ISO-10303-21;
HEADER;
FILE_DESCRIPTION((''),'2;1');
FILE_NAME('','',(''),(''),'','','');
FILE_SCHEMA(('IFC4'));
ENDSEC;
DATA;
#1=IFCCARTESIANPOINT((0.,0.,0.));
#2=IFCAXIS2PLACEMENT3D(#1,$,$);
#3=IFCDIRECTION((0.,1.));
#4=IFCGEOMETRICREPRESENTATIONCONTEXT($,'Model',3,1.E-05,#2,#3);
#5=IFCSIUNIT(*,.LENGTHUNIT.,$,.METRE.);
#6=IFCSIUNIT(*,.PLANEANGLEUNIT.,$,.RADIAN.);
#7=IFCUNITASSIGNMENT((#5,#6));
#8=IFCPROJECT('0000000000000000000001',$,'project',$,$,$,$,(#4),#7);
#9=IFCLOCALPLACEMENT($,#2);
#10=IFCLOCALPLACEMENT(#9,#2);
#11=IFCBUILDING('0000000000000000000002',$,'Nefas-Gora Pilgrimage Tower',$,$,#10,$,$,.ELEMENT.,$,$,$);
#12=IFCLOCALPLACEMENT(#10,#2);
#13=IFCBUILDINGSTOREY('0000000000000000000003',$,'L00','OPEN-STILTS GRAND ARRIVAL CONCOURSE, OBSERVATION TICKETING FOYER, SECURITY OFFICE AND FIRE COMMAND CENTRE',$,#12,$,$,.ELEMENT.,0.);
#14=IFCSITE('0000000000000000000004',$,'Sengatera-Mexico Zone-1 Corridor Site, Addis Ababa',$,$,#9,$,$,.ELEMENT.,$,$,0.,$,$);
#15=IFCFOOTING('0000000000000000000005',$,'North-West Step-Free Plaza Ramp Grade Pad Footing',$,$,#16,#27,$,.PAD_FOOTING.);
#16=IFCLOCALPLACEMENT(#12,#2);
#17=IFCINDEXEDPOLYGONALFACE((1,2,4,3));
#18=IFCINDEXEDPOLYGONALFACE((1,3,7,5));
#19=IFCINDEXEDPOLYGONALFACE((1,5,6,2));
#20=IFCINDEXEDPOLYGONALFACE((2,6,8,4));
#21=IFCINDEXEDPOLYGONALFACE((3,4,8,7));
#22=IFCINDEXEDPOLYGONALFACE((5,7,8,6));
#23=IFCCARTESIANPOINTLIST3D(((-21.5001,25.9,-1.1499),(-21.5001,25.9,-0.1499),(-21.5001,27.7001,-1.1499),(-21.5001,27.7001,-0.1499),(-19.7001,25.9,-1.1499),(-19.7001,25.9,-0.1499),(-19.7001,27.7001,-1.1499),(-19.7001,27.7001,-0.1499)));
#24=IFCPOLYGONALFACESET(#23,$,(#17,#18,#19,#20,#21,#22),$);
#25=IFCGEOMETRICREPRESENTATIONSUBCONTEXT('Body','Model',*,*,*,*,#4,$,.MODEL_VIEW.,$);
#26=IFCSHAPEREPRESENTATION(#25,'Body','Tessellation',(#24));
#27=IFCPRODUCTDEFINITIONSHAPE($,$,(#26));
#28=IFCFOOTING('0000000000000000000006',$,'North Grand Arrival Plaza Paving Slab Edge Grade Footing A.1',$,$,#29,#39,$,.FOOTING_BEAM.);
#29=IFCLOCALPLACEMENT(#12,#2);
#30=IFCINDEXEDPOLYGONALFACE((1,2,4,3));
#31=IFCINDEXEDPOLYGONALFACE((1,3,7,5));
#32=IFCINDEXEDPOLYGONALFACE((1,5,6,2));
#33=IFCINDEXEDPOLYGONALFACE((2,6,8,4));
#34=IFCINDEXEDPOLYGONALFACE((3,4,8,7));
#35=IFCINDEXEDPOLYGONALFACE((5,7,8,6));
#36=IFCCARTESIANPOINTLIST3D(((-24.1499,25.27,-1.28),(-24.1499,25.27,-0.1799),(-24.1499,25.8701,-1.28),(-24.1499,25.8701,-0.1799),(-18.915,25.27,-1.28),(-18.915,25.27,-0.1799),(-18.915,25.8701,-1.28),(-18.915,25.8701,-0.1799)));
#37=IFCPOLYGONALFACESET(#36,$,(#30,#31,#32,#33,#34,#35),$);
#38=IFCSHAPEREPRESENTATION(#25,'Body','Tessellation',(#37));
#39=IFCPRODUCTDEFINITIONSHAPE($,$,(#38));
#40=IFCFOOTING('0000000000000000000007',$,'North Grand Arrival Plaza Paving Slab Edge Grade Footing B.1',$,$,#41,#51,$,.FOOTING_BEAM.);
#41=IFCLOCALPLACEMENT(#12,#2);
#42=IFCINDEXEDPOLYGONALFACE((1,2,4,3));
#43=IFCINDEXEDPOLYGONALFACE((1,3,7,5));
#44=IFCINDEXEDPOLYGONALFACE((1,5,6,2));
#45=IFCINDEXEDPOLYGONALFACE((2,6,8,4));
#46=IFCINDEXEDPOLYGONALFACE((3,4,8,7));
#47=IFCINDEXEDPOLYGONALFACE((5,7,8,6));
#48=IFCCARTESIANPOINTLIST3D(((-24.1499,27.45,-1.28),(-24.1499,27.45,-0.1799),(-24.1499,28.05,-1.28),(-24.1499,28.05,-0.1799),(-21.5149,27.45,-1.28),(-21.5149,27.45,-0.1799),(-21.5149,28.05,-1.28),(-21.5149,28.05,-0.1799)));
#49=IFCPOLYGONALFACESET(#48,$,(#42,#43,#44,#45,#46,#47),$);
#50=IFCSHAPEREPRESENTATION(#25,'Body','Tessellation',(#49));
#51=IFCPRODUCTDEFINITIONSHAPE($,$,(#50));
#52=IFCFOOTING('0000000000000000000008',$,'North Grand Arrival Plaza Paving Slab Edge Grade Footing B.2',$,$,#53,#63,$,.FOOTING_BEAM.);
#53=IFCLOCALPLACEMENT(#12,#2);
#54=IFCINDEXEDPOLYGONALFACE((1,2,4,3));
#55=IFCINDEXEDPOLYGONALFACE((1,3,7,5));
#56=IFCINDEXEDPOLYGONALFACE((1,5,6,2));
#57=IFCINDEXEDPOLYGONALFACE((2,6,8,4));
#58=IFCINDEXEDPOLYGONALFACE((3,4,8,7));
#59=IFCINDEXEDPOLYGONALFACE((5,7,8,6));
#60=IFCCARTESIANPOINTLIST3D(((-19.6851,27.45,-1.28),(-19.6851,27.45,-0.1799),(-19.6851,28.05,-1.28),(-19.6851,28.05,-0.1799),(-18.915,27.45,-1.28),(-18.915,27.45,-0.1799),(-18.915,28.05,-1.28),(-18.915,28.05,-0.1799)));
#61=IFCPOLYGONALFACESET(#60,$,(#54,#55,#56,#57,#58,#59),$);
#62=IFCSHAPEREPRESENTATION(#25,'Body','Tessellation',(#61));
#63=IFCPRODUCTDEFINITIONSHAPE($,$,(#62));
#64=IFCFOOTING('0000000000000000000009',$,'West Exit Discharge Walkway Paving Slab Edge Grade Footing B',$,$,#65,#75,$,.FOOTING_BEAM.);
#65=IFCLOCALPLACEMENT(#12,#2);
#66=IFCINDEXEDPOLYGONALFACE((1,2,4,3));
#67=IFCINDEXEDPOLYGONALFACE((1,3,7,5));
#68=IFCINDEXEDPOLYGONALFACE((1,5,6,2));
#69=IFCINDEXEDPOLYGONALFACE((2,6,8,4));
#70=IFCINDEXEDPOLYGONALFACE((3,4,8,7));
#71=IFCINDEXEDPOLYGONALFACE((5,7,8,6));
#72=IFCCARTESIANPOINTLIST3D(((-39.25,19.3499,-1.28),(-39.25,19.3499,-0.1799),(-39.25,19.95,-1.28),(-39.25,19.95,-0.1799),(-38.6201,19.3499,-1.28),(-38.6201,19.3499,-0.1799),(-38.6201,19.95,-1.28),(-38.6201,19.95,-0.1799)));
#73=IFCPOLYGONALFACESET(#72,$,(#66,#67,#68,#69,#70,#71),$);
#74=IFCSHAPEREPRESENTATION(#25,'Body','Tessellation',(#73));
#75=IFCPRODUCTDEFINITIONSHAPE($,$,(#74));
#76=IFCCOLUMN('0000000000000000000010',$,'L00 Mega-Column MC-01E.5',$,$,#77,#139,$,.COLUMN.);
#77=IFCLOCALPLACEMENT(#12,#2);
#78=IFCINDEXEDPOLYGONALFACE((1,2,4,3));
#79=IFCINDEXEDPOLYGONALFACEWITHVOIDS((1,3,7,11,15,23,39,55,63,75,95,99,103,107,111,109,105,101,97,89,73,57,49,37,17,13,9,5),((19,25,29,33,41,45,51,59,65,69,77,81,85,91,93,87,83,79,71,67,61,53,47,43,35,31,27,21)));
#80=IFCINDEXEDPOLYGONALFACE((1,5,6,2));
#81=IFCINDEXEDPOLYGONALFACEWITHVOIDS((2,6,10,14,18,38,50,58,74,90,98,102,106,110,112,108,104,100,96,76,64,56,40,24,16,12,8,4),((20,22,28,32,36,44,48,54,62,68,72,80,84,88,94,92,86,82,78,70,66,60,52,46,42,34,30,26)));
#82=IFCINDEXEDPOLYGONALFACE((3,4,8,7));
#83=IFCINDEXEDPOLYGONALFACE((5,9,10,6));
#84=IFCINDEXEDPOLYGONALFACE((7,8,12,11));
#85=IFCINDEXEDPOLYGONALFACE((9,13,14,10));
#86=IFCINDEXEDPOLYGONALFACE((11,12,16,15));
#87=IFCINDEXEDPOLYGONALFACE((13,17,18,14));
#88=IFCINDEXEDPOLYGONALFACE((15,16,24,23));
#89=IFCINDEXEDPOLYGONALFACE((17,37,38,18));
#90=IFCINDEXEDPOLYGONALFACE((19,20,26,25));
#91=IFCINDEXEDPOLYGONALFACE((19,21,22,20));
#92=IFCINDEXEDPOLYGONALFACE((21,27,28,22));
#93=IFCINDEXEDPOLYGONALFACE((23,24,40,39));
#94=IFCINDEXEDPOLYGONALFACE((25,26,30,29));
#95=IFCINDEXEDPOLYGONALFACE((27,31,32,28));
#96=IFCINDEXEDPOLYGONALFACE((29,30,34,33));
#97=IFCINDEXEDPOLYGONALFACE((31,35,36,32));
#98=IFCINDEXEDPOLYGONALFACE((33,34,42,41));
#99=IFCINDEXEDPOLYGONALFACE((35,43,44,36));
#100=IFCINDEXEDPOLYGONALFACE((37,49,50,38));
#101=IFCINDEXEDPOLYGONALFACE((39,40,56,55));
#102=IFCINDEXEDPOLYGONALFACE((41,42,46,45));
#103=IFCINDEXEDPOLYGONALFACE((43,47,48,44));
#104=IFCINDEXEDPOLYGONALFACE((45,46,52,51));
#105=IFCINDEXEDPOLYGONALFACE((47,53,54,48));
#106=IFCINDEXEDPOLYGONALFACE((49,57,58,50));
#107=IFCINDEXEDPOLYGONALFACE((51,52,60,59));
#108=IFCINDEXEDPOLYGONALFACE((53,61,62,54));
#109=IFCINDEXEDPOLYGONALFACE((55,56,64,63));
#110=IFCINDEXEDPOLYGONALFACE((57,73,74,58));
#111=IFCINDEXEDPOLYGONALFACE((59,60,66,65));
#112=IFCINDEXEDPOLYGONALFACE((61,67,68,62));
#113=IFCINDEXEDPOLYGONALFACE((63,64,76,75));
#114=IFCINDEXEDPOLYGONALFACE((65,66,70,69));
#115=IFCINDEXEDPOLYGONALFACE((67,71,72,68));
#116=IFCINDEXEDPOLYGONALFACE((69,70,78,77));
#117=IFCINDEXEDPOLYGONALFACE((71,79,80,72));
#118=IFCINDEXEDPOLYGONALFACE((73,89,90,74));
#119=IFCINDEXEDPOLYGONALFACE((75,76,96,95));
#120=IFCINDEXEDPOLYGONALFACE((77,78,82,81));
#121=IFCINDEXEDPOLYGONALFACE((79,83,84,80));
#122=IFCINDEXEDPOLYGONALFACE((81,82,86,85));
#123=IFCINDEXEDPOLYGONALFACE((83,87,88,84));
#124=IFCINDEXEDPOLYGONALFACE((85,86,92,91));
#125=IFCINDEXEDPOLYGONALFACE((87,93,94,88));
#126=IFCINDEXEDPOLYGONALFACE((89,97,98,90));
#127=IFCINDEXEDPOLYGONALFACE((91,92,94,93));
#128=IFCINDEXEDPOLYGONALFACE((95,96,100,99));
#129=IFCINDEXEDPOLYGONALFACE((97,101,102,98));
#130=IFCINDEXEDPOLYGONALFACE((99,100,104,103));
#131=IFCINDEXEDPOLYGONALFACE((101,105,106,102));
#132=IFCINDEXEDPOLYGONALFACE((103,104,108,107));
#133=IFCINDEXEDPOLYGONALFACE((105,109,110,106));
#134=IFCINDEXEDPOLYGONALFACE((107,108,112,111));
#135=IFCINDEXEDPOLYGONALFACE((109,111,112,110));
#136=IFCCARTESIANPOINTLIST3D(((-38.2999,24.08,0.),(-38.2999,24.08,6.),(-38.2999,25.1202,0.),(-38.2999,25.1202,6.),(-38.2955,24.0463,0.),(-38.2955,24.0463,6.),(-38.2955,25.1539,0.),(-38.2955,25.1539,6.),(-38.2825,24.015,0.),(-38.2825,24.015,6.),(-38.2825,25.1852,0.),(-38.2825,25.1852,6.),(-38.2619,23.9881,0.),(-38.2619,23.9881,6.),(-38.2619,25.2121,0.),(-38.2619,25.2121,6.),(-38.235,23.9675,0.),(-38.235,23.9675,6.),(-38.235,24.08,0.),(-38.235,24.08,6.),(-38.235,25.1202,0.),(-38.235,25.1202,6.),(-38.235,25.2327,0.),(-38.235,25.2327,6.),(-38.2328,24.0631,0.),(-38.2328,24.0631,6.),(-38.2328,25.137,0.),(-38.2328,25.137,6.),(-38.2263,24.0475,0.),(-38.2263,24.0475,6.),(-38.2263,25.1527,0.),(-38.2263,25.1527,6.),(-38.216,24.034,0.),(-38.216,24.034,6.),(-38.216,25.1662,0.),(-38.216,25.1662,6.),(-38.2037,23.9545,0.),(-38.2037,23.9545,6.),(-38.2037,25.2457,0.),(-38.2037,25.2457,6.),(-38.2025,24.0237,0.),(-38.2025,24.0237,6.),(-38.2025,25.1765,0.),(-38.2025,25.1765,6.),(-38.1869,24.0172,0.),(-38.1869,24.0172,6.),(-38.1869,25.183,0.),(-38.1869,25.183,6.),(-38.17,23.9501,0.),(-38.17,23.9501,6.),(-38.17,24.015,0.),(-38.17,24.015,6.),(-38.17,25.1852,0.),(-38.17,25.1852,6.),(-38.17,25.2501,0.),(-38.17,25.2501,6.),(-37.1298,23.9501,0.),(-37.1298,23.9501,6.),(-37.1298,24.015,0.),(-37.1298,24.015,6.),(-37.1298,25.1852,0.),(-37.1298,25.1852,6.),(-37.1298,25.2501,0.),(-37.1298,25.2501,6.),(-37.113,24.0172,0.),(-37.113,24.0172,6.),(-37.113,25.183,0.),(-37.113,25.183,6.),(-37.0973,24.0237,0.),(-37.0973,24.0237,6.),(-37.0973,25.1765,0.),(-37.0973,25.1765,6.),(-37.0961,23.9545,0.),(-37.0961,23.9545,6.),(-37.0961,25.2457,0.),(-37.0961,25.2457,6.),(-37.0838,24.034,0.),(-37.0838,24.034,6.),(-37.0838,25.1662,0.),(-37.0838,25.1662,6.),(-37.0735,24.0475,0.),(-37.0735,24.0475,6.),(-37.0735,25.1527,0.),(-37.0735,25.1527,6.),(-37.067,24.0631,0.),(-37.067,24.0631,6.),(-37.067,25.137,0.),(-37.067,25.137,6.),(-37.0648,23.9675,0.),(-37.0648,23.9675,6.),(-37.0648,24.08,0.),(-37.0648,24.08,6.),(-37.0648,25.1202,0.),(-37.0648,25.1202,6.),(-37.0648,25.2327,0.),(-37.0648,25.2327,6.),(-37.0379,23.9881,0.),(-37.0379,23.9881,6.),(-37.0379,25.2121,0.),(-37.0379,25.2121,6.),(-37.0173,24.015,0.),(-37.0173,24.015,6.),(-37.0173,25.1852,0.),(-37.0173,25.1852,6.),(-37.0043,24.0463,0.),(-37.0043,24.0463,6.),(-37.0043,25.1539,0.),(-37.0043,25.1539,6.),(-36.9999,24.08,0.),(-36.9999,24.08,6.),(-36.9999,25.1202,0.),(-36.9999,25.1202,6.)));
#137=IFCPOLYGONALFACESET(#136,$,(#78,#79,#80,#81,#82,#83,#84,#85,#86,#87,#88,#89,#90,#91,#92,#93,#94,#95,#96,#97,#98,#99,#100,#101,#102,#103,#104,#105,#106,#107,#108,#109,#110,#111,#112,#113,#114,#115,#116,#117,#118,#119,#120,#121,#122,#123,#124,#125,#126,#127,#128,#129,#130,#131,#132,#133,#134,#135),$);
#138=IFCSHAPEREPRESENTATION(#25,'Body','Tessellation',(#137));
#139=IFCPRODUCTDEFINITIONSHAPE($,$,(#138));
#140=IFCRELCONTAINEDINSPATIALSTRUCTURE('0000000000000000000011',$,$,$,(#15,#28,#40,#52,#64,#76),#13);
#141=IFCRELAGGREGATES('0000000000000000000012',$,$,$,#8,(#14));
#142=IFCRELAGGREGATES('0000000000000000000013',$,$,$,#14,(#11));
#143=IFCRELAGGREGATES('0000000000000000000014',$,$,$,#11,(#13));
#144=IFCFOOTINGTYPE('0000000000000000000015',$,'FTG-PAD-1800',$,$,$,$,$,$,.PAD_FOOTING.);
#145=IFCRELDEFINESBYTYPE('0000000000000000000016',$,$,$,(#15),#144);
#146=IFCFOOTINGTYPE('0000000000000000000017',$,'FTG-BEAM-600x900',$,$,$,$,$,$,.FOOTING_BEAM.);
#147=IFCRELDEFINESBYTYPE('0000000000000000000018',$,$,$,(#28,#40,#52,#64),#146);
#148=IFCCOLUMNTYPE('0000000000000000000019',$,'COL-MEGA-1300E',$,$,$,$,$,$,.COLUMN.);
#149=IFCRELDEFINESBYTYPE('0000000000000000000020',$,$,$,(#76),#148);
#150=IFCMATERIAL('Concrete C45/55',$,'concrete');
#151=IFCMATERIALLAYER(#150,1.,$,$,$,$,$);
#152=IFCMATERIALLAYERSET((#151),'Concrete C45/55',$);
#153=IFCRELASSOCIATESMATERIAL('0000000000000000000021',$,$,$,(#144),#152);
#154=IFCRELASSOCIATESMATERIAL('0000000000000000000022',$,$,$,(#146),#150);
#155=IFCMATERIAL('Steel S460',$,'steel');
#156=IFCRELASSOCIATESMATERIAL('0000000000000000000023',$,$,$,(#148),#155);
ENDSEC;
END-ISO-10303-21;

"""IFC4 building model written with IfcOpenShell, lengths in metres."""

from ifc_helpers import new_model, si_unit, direction, frame, origin, origin_2d, place, context, subcontext, project, spatial, rectangle, hollow_rectangle, extrude, source, transform, mapped, material, layer, layer_set, material_profile, profile_set, type_object, element, save


model = new_model("IFC4")

# Units and contexts
model_context = context("Model", 3, precision=1e-05, world=origin(), true_north=direction((0.0, 1.0)))
body_context = subcontext(model_context, "Body", "Model", "MODEL_VIEW")
ifc_project = project(units=[si_unit("LENGTHUNIT", "METRE"), si_unit("PLANEANGLEUNIT", "RADIAN")], contexts=[model_context])

# Site, building, storey
site_placement = place(None, origin())
site = spatial("IfcSite", under=ifc_project, at=site_placement, Name="Sengatera-Mexico Zone-1 Corridor Site, Addis Ababa", CompositionType="ELEMENT", RefElevation=0.0)
building_placement = place(site_placement, origin())
building = spatial("IfcBuilding", under=site, at=building_placement, Name="Nefas-Gora Pilgrimage Tower", CompositionType="ELEMENT")
storey_placement = place(building_placement, origin())
storey = spatial("IfcBuildingStorey", under=building, at=storey_placement, Name="L00", Description="OPEN-STILTS GRAND ARRIVAL CONCOURSE, OBSERVATION TICKETING FOYER, SECURITY OFFICE AND FIRE COMMAND CENTRE", CompositionType="ELEMENT", Elevation=0.0)

# Footings
ifc_material_1 = material(Name="Concrete C45/55", Category="concrete")
ifc_layer_1 = layer(ifc_material_1, 1.0)
ifc_layer_set_1 = layer_set([ifc_layer_1], Name="Concrete C45/55")
footing_type_1 = type_object("IfcFootingType", Name="FTG-PAD-1800", PredefinedType="PAD_FOOTING", material=ifc_layer_set_1)
shared_shape_1 = source(origin(), body_context, "Body", "SweptSolid", [
    extrude(rectangle(XDim=1.8, YDim=1.8, at=origin_2d()), origin(), (0.0, 0.0, 1.0), 1.0),
])
footing_1_placement = place(storey_placement, frame((-20.6001, 26.8, -1.1499), z_axis=(0.0, 0.0, 1.0), x_axis=(1.0, 0.0, 0.0)))
element("IfcFooting", 1, at=footing_1_placement, inside=storey, type_object=footing_type_1, Name="North-West Step-Free Plaza Ramp Grade Pad Footing", PredefinedType="PAD_FOOTING", context=body_context, shape_type="MappedRepresentation", body=[
    mapped(shared_shape_1, transform((0.0, 0.0, 0.0), x_axis=(1.0, 0.0, 0.0), y_axis=(0.0, 1.0, 0.0), z_axis=(0.0, 0.0, 1.0), scale=1.0)),
])
ifc_material_profile_1 = material_profile(ifc_material_1, rectangle(XDim=0.6001, YDim=1.1001, at=origin_2d()), Name="RC 600x1100")
ifc_profile_set_1 = profile_set([ifc_material_profile_1], Name="Concrete C45/55")
footing_type_2 = type_object("IfcFootingType", Name="FTG-BEAM-600x900", PredefinedType="FOOTING_BEAM", material=ifc_profile_set_1)
shared_shape_2 = source(origin(), body_context, "Body", "SweptSolid", [
    extrude(rectangle(XDim=0.6001, YDim=1.1001, at=origin_2d()), origin(), (0.0, 0.0, 1.0), 5.2349),
])
footing_2_placement = place(storey_placement, frame((-24.1499, 25.5701, -0.73), z_axis=(1.0, 0.0, 0.0), x_axis=(0.0, 1.0, 0.0)))
element("IfcFooting", 2, at=footing_2_placement, inside=storey, type_object=footing_type_2, Name="North Grand Arrival Plaza Paving Slab Edge Grade Footing A.1", PredefinedType="FOOTING_BEAM", context=body_context, shape_type="MappedRepresentation", body=[
    mapped(shared_shape_2, transform((0.0, 0.0, 0.0), x_axis=(1.0, 0.0, 0.0), y_axis=(0.0, 1.0, 0.0), z_axis=(0.0, 0.0, 1.0), scale=1.0)),
])
shared_shape_3 = source(origin(), body_context, "Body", "SweptSolid", [
    extrude(rectangle(XDim=0.6001, YDim=1.1001, at=origin_2d()), origin(), (0.0, 0.0, 1.0), 2.635),
])
footing_3_placement = place(storey_placement, frame((-24.1499, 27.75, -0.73), z_axis=(1.0, 0.0, 0.0), x_axis=(0.0, 1.0, 0.0)))
element("IfcFooting", 3, at=footing_3_placement, inside=storey, type_object=footing_type_2, Name="North Grand Arrival Plaza Paving Slab Edge Grade Footing B.1", PredefinedType="FOOTING_BEAM", context=body_context, shape_type="MappedRepresentation", body=[
    mapped(shared_shape_3, transform((0.0, 0.0, 0.0), x_axis=(1.0, 0.0, 0.0), y_axis=(0.0, 1.0, 0.0), z_axis=(0.0, 0.0, 1.0), scale=1.0)),
])
shared_shape_4 = source(origin(), body_context, "Body", "SweptSolid", [
    extrude(rectangle(XDim=0.6001, YDim=1.1001, at=origin_2d()), origin(), (0.0, 0.0, 1.0), 0.77),
])
footing_4_placement = place(storey_placement, frame((-19.6851, 27.75, -0.73), z_axis=(1.0, 0.0, 0.0), x_axis=(0.0, 1.0, 0.0)))
element("IfcFooting", 4, at=footing_4_placement, inside=storey, type_object=footing_type_2, Name="North Grand Arrival Plaza Paving Slab Edge Grade Footing B.2", PredefinedType="FOOTING_BEAM", context=body_context, shape_type="MappedRepresentation", body=[
    mapped(shared_shape_4, transform((0.0, 0.0, 0.0), x_axis=(1.0, 0.0, 0.0), y_axis=(0.0, 1.0, 0.0), z_axis=(0.0, 0.0, 1.0), scale=1.0)),
])
shared_shape_5 = source(origin(), body_context, "Body", "SweptSolid", [
    extrude(rectangle(XDim=0.6001, YDim=1.1001, at=origin_2d()), origin(), (0.0, 0.0, 1.0), 0.6299),
])
footing_5_placement = place(storey_placement, frame((-39.25, 19.6499, -0.73), z_axis=(1.0, 0.0, 0.0), x_axis=(0.0, 1.0, 0.0)))
element("IfcFooting", 5, at=footing_5_placement, inside=storey, type_object=footing_type_2, Name="West Exit Discharge Walkway Paving Slab Edge Grade Footing B", PredefinedType="FOOTING_BEAM", context=body_context, shape_type="MappedRepresentation", body=[
    mapped(shared_shape_5, transform((0.0, 0.0, 0.0), x_axis=(1.0, 0.0, 0.0), y_axis=(0.0, 1.0, 0.0), z_axis=(0.0, 0.0, 1.0), scale=1.0)),
])

# Column
ifc_material_2 = material(Name="Steel S460", Category="steel")
ifc_material_profile_2 = material_profile(ifc_material_2, hollow_rectangle(XDim=1.3, YDim=1.3, WallThickness=0.0649, InnerFilletRadius=0.0649, OuterFilletRadius=0.1299, at=origin_2d()), Name="BOX 1300x1300x65")
ifc_profile_set_2 = profile_set([ifc_material_profile_2], Name="Steel S460")
column_type = type_object("IfcColumnType", Name="COL-MEGA-1300E", PredefinedType="COLUMN", material=ifc_profile_set_2)
shared_shape_6 = source(origin(), body_context, "Body", "SweptSolid", [
    extrude(hollow_rectangle(XDim=1.3, YDim=1.3, WallThickness=0.0649, InnerFilletRadius=0.0649, OuterFilletRadius=0.1299, at=origin_2d()), origin(), (0.0, 0.0, 1.0), 6.0),
])
for number, where, z_axis, x_axis, name in (
    (6, (-37.6499, 24.6001, 0.0), (0.0, 0.0, 1.0), (1.0, 0.0, 0.0), "L00 Mega-Column MC-01E.5"),
):
    element("IfcColumn", number, at=place(storey_placement, frame(where, z_axis=z_axis, x_axis=x_axis)), inside=storey, type_object=column_type, Name=name, PredefinedType="COLUMN", context=body_context, shape_type="MappedRepresentation", body=[
        mapped(shared_shape_6, transform((0.0, 0.0, 0.0), x_axis=(1.0, 0.0, 0.0), y_axis=(0.0, 1.0, 0.0), z_axis=(0.0, 0.0, 1.0), scale=1.0)),
    ])

save(model, "model.ifc")
